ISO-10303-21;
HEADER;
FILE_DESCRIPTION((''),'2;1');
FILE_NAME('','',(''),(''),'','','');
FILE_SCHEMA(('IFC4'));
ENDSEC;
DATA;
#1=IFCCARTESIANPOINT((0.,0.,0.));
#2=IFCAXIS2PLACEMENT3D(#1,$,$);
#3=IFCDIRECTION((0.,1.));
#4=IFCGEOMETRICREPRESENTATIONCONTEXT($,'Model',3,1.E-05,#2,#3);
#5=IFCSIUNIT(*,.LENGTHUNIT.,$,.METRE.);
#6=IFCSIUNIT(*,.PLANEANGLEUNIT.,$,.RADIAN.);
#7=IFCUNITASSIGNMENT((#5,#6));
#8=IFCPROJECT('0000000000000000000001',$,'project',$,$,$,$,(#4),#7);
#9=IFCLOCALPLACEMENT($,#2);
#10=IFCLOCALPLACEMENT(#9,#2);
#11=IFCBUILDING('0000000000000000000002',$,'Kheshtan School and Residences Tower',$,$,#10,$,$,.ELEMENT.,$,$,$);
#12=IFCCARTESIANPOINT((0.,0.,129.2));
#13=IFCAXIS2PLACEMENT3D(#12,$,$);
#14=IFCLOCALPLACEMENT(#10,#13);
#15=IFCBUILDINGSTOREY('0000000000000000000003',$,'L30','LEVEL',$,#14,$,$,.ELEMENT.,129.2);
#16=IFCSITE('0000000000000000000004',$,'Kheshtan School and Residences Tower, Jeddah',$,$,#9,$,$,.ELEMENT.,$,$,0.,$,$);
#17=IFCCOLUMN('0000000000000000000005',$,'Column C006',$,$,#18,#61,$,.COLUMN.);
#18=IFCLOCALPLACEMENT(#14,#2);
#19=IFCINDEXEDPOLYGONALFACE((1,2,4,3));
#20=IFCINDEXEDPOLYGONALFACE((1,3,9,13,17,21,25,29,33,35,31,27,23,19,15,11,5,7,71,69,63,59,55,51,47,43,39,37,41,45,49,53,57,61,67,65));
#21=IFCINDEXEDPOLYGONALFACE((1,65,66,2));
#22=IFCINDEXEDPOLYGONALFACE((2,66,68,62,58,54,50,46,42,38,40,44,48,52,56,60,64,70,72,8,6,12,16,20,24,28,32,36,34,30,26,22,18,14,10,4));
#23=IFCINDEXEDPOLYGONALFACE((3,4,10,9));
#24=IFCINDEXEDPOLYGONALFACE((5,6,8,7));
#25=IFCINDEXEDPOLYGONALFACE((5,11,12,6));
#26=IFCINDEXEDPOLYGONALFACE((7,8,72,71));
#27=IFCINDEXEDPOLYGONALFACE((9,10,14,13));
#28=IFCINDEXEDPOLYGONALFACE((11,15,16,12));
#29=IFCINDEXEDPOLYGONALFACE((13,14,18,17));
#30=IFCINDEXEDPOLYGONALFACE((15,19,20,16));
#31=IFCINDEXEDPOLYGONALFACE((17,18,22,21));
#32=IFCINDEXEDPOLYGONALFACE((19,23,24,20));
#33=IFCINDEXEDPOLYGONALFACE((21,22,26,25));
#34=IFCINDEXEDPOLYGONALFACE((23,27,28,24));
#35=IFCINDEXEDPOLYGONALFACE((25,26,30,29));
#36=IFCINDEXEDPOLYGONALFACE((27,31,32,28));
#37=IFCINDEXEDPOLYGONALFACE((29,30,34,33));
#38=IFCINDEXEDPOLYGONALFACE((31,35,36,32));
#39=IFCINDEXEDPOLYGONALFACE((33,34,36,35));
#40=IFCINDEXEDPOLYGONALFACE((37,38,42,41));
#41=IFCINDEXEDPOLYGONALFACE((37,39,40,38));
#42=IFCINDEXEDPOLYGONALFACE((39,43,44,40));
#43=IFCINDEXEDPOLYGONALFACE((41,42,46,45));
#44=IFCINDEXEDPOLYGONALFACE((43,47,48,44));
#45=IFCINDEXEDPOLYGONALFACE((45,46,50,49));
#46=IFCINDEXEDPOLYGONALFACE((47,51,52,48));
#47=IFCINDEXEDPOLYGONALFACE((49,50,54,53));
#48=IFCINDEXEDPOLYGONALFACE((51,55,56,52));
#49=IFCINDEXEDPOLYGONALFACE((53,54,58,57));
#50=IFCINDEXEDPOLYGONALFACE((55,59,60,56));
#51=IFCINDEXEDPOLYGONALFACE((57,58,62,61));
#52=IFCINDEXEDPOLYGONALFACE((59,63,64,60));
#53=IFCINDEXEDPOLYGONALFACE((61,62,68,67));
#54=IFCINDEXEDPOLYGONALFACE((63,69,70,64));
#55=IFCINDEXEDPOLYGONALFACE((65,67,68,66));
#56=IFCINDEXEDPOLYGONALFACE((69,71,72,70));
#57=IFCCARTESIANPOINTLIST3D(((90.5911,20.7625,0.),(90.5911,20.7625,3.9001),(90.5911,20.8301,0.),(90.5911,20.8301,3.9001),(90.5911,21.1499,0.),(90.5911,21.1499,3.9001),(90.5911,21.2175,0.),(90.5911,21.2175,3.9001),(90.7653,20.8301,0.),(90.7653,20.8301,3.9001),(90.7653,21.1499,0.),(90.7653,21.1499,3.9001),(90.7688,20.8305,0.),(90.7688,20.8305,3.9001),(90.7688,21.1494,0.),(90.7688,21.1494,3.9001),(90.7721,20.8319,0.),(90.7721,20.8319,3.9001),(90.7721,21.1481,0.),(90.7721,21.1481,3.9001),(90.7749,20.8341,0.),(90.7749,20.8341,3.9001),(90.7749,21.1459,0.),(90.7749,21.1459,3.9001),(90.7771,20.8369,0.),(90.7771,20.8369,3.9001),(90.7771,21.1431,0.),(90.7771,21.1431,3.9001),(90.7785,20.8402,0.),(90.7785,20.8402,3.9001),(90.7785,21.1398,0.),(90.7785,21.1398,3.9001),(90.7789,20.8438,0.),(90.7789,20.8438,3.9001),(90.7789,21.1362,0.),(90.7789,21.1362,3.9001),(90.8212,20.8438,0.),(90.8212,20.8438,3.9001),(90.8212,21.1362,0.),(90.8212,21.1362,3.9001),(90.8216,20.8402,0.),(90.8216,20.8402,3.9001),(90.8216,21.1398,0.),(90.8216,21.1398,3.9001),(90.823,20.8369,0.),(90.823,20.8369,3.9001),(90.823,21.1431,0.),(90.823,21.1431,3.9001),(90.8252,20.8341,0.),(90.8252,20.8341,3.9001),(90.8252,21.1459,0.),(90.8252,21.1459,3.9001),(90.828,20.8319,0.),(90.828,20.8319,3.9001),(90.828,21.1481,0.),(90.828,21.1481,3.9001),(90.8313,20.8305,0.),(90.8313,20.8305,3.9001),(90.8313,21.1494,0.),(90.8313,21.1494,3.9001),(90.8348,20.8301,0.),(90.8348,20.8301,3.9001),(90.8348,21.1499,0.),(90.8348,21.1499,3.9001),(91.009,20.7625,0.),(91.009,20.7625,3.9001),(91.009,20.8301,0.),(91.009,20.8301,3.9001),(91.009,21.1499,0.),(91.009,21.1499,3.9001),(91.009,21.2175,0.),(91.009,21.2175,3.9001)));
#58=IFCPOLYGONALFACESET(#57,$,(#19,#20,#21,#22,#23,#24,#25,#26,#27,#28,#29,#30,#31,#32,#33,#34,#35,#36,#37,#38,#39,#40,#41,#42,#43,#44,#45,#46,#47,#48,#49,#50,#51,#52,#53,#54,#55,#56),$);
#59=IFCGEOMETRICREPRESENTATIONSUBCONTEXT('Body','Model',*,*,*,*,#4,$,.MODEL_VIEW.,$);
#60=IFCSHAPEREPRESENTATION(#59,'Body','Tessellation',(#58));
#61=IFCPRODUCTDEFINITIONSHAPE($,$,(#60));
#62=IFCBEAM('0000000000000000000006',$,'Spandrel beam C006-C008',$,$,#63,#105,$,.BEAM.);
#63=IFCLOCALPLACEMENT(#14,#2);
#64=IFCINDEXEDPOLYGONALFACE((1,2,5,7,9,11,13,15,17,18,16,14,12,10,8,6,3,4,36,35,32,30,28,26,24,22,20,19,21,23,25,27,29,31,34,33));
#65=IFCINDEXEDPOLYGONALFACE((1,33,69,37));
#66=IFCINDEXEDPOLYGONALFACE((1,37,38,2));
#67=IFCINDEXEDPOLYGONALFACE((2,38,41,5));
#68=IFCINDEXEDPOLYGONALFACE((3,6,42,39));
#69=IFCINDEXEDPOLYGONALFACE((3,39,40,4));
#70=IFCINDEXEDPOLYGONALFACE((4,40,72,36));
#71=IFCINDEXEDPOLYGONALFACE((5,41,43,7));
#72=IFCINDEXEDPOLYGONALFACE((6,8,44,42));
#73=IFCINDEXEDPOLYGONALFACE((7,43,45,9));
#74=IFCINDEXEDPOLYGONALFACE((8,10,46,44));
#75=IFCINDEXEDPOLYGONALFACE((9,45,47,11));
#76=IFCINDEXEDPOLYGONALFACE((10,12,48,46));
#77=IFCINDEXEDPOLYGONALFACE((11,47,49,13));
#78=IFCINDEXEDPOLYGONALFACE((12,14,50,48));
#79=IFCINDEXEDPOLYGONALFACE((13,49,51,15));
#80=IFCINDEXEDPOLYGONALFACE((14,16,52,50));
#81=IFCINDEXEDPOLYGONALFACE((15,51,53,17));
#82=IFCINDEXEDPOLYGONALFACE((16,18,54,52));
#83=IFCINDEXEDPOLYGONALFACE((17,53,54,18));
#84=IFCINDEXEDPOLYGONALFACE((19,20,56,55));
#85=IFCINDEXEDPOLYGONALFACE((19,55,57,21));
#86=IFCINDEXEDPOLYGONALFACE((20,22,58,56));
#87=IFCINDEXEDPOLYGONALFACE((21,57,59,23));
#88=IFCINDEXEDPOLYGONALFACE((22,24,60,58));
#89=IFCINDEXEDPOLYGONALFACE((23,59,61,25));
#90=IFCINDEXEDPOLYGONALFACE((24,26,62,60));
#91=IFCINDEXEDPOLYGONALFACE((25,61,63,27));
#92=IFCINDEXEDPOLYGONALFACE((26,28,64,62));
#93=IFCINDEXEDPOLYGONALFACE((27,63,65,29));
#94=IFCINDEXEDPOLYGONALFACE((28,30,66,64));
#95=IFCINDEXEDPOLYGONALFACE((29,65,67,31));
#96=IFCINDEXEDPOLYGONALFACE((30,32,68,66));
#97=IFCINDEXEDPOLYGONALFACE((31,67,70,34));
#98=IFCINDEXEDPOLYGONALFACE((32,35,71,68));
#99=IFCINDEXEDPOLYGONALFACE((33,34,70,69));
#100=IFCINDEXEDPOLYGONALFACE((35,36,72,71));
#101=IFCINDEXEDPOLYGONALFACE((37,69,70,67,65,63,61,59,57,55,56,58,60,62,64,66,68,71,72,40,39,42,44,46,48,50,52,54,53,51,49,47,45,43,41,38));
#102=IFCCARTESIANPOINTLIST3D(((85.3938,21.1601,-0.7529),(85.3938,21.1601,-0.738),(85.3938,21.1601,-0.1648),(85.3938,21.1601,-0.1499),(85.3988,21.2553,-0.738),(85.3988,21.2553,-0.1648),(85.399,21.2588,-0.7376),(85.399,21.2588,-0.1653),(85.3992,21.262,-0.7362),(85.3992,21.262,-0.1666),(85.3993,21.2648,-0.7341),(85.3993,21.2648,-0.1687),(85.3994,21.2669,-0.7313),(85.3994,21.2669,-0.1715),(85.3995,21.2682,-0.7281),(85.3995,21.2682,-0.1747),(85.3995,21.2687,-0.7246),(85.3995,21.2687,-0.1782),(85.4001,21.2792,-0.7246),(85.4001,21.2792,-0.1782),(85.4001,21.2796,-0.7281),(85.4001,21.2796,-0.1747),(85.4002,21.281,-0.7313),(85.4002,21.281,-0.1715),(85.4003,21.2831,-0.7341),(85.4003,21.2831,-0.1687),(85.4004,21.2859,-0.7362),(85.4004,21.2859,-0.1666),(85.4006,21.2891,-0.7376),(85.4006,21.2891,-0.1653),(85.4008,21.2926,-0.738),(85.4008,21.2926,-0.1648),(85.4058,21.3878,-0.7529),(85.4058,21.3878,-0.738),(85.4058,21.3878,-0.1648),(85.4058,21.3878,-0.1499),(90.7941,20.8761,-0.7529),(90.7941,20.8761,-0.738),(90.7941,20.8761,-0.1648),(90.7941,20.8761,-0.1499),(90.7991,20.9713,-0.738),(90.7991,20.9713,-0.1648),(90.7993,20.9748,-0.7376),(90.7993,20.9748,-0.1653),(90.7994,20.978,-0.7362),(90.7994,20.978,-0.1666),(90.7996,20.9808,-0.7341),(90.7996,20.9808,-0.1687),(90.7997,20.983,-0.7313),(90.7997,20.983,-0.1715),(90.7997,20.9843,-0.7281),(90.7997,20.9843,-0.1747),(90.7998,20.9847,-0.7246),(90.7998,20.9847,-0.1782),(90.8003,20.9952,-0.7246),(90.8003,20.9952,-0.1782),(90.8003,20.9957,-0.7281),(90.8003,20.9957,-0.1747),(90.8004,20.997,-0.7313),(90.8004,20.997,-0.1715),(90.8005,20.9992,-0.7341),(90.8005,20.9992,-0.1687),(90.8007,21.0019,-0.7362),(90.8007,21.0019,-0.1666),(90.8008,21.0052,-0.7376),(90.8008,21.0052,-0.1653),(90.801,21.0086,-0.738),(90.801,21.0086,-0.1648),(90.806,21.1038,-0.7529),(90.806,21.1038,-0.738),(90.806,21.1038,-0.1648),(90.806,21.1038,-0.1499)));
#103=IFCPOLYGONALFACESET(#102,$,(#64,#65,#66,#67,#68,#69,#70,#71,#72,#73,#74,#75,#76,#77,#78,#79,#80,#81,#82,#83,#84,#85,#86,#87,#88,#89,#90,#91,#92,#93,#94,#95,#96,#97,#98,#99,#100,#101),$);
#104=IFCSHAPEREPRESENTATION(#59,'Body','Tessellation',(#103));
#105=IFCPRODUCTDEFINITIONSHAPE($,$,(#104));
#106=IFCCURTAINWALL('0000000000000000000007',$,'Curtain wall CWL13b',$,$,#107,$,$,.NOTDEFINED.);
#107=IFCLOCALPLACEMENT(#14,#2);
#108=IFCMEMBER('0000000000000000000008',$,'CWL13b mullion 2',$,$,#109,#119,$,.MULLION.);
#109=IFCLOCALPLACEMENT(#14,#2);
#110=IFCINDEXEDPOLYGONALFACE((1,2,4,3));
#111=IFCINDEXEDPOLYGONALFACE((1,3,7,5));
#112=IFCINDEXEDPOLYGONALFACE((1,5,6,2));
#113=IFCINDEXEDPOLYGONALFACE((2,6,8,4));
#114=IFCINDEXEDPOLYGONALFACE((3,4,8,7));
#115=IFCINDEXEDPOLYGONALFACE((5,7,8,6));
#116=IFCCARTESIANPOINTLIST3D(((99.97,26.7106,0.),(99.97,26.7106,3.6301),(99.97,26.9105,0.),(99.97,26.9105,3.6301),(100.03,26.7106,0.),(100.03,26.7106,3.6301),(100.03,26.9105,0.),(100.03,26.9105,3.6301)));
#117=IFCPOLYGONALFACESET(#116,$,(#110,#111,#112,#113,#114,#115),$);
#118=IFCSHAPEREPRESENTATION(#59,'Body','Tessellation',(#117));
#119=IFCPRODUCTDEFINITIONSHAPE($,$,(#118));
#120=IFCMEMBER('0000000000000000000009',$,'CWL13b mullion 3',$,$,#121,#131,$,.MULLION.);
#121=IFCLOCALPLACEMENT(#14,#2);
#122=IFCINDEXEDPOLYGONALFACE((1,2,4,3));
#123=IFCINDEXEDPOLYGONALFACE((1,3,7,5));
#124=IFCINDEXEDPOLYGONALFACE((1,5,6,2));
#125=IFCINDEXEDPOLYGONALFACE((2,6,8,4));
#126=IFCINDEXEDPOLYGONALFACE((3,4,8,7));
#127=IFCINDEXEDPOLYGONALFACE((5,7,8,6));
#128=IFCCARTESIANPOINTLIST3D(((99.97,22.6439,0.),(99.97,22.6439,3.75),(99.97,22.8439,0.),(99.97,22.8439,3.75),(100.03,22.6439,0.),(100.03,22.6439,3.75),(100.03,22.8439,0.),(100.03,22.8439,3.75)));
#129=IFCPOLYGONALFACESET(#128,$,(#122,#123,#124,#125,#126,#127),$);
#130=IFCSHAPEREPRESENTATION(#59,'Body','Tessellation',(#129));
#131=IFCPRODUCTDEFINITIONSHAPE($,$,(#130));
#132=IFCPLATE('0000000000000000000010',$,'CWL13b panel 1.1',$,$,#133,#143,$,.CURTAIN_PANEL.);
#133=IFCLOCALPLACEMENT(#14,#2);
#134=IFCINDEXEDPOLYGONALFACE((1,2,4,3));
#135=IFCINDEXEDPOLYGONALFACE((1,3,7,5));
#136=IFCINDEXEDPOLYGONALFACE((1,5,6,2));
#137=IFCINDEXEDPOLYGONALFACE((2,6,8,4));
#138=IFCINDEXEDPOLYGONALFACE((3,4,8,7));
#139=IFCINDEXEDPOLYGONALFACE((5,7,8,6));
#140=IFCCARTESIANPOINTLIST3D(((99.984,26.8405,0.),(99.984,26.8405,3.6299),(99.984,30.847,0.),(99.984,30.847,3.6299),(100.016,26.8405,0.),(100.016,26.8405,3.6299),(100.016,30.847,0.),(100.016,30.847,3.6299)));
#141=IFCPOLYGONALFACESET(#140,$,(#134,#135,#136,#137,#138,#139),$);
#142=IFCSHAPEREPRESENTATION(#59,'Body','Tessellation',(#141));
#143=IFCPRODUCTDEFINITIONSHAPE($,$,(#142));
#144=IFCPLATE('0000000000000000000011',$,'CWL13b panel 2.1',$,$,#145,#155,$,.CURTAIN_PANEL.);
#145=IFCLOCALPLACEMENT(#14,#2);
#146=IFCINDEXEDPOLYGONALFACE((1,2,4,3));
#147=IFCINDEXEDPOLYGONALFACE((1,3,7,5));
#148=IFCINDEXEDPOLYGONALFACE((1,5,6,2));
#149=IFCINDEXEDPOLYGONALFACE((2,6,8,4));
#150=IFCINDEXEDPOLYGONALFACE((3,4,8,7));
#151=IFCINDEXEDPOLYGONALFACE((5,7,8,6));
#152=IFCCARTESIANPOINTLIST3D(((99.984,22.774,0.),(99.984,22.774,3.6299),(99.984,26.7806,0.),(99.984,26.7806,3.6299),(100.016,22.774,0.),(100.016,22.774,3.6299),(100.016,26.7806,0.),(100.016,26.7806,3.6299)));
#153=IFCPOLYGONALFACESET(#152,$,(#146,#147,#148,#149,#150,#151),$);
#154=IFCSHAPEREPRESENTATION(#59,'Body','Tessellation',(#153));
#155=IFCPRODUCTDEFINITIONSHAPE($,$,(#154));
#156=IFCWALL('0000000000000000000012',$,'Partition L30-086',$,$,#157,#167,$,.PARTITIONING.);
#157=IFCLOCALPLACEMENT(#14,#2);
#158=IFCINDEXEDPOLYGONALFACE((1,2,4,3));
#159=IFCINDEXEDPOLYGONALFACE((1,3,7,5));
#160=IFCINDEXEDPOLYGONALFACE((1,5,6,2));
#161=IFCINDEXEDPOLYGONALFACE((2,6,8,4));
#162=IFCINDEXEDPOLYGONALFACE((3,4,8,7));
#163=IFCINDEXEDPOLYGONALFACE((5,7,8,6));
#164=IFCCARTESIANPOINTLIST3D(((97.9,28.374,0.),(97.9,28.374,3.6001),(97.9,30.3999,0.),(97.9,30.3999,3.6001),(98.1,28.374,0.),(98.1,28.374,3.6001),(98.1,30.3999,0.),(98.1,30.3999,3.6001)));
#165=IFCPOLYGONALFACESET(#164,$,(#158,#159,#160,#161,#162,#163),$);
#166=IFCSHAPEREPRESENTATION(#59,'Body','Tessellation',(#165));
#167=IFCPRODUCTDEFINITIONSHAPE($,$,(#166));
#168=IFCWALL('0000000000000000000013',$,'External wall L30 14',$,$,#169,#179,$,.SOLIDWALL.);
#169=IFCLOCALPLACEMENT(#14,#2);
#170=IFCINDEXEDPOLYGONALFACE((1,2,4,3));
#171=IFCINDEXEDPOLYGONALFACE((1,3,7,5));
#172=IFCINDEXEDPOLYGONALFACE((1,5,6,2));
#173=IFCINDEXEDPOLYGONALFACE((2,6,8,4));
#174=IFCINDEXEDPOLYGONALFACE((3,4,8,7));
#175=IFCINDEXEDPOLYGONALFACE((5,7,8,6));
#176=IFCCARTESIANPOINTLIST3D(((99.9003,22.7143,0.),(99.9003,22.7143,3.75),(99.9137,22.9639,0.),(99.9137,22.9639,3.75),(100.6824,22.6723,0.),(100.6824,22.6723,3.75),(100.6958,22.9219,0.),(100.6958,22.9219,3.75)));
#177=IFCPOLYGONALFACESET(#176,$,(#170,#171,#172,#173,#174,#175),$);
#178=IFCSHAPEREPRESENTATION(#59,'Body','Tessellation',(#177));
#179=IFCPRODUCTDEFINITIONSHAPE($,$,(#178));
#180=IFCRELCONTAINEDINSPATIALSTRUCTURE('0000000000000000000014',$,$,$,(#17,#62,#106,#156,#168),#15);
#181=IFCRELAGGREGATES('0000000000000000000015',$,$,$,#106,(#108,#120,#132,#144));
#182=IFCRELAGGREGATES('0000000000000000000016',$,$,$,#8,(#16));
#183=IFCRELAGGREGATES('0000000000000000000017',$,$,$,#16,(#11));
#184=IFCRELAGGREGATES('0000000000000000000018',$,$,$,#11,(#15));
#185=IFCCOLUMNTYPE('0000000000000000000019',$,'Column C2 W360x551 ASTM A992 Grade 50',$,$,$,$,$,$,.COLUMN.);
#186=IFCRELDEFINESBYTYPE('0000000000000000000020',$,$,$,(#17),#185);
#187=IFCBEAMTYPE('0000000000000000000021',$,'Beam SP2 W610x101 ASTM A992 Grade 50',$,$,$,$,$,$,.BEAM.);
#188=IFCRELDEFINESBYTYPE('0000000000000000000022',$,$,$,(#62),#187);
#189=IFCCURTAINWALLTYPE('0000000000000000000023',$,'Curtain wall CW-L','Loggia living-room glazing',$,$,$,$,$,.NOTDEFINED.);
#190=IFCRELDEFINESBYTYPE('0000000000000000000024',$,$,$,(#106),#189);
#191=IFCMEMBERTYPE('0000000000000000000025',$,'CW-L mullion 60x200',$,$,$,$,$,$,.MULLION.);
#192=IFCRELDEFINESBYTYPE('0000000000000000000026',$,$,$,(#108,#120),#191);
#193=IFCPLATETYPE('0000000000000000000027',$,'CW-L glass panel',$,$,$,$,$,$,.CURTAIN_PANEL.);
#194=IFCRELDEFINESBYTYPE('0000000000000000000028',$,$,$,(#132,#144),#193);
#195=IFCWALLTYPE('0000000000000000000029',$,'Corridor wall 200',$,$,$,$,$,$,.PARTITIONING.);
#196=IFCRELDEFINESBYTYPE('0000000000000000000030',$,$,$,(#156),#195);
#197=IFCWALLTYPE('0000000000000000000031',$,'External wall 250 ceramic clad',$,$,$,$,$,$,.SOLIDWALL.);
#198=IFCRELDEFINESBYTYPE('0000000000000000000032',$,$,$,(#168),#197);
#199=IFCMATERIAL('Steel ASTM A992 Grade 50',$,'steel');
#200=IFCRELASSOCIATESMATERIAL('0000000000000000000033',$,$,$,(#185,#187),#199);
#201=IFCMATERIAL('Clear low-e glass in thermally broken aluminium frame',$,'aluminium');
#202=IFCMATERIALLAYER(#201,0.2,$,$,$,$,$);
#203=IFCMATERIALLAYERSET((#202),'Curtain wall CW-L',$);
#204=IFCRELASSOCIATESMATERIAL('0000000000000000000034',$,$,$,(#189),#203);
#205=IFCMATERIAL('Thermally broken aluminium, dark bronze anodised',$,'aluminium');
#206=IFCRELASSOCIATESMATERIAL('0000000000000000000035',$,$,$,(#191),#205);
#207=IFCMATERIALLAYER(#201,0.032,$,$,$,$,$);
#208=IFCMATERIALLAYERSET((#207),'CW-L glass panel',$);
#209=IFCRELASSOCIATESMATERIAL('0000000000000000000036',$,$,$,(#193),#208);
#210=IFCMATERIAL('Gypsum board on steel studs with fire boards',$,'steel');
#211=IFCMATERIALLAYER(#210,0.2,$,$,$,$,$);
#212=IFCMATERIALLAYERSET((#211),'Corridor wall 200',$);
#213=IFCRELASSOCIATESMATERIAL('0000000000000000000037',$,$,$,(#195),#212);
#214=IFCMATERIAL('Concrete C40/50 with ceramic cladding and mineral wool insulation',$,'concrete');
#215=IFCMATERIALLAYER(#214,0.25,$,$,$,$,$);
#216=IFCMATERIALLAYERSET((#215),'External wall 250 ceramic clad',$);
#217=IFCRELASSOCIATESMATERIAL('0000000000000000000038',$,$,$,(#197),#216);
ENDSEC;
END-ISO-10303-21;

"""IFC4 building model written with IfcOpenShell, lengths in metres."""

from ifc_helpers import new_model, si_unit, direction, frame, frame_2d, origin, origin_2d, place, context, subcontext, project, spatial, rectangle, i_section, extrude, material, layer, layer_set, material_profile, profile_set, type_object, element, aggregate, save


model = new_model("IFC4")

# Units and contexts
model_context = context("Model", 3, precision=1e-05, world=origin(), true_north=direction((0.0, 1.0)))
body_context = subcontext(model_context, "Body", "Model", "MODEL_VIEW")
ifc_project = project(units=[si_unit("LENGTHUNIT", "METRE"), si_unit("PLANEANGLEUNIT", "RADIAN")], contexts=[model_context])

# Site, building, storey
site_placement = place(None, origin())
site = spatial("IfcSite", under=ifc_project, at=site_placement, Name="Kheshtan School and Residences Tower, Jeddah", CompositionType="ELEMENT", RefElevation=0.0)
building_placement = place(site_placement, origin())
building = spatial("IfcBuilding", under=site, at=building_placement, Name="Kheshtan School and Residences Tower", CompositionType="ELEMENT")
storey_placement = place(building_placement, frame((0.0, 0.0, 129.2)))
storey = spatial("IfcBuildingStorey", under=building, at=storey_placement, Name="L30", Description="LEVEL", CompositionType="ELEMENT", Elevation=129.2)

# Column
ifc_material_1 = material(Name="Steel ASTM A992 Grade 50", Category="steel")
ifc_material_profile_1 = material_profile(ifc_material_1, i_section(OverallWidth=0.418, OverallDepth=0.4551, WebThickness=0.0422, FlangeThickness=0.0676, FilletRadius=0.0137, at=origin_2d()), Name="W360x551")
ifc_profile_set_1 = profile_set([ifc_material_profile_1], Name="Steel ASTM A992 Grade 50")
column_type = type_object("IfcColumnType", Name="Column C2 W360x551 ASTM A992 Grade 50", PredefinedType="COLUMN", material=ifc_profile_set_1)
column_placement = place(storey_placement, frame((90.8, 20.99, 0.0), z_axis=(0.0, 0.0, 1.0), x_axis=(1.0, 0.0, 0.0)))
element("IfcColumn", 1, at=column_placement, inside=storey, type_object=column_type, Name="Column C006", PredefinedType="COLUMN", context=body_context, shape_type="SweptSolid", body=[
    extrude(i_section(OverallWidth=0.418, OverallDepth=0.4551, WebThickness=0.0422, FlangeThickness=0.0676, FilletRadius=0.0137, at=origin_2d()), origin(), (0.0, 0.0, 1.0), 3.9001),
])

# Beam
ifc_material_profile_2 = material_profile(ifc_material_1, i_section(OverallWidth=0.228, OverallDepth=0.603, WebThickness=0.0105, FlangeThickness=0.0149, FilletRadius=0.0134, at=origin_2d()), Name="W610x101")
ifc_profile_set_2 = profile_set([ifc_material_profile_2], Name="Steel ASTM A992 Grade 50")
beam_type = type_object("IfcBeamType", Name="Beam SP2 W610x101 ASTM A992 Grade 50", PredefinedType="BEAM", material=ifc_profile_set_2)
beam_placement = place(storey_placement, frame((90.8, 20.99, -0.4514), z_axis=(-0.998621, 0.052507, 0.0), x_axis=(-0.052507, -0.998621, 0.0)))
element("IfcBeam", 2, at=beam_placement, inside=storey, type_object=beam_type, Name="Spandrel beam C006-C008", PredefinedType="BEAM", context=body_context, shape_type="SweptSolid", body=[
    extrude(i_section(OverallWidth=0.228, OverallDepth=0.603, WebThickness=0.0105, FlangeThickness=0.0149, FilletRadius=0.0134, at=origin_2d()), origin(), (0.0, 0.0, 1.0), 5.4077),
])

# Curtain wall, members, plates
ifc_material_2 = material(Name="Clear low-e glass in thermally broken aluminium frame", Category="aluminium")
ifc_layer_1 = layer(ifc_material_2, 0.2)
ifc_layer_set_1 = layer_set([ifc_layer_1], Name="Curtain wall CW-L")
curtain_wall_type = type_object("IfcCurtainWallType", Name="Curtain wall CW-L", Description="Loggia living-room glazing", PredefinedType="NOTDEFINED", material=ifc_layer_set_1)
curtain_wall_placement = place(storey_placement, origin())
curtain_wall = element("IfcCurtainWall", 3, at=curtain_wall_placement, inside=storey, type_object=curtain_wall_type, Name="Curtain wall CWL13b", PredefinedType="NOTDEFINED")
ifc_material_3 = material(Name="Thermally broken aluminium, dark bronze anodised", Category="aluminium")
ifc_material_profile_3 = material_profile(ifc_material_3, rectangle(XDim=0.0601, YDim=0.2, at=origin_2d()), Name="CW-L mullion 60x200")
ifc_profile_set_3 = profile_set([ifc_material_profile_3], Name="Thermally broken aluminium, dark bronze anodised")
member_type = type_object("IfcMemberType", Name="CW-L mullion 60x200", PredefinedType="MULLION", material=ifc_profile_set_3)
member_1_placement = place(storey_placement, frame((100.0, 26.8105, 0.0), z_axis=(0.0, 0.0, 1.0), x_axis=(1.0, 0.0, 0.0)))
member_1 = element("IfcMember", 4, at=member_1_placement, type_object=member_type, Name="CWL13b mullion 2", PredefinedType="MULLION", context=body_context, shape_type="SweptSolid", body=[
    extrude(rectangle(XDim=0.0601, YDim=0.2, at=origin_2d()), origin(), (0.0, 0.0, 1.0), 3.6301),
])
member_2_placement = place(storey_placement, frame((100.0, 22.7439, 0.0), z_axis=(0.0, 0.0, 1.0), x_axis=(1.0, 0.0, 0.0)))
member_2 = element("IfcMember", 5, at=member_2_placement, type_object=member_type, Name="CWL13b mullion 3", PredefinedType="MULLION", context=body_context, shape_type="SweptSolid", body=[
    extrude(rectangle(XDim=0.0601, YDim=0.2, at=origin_2d()), origin(), (0.0, 0.0, 1.0), 3.75),
])
ifc_layer_2 = layer(ifc_material_2, 0.032)
ifc_layer_set_2 = layer_set([ifc_layer_2], Name="CW-L glass panel")
plate_type = type_object("IfcPlateType", Name="CW-L glass panel", PredefinedType="CURTAIN_PANEL", material=ifc_layer_set_2)
plate_1_placement = place(storey_placement, frame((100.0, 28.8438, 0.0), z_axis=(0.0, 0.0, 1.0), x_axis=(0.0, -1.0, 0.0)))
plate_1 = element("IfcPlate", 6, at=plate_1_placement, type_object=plate_type, Name="CWL13b panel 1.1", PredefinedType="CURTAIN_PANEL", context=body_context, shape_type="SweptSolid", body=[
    extrude(rectangle(XDim=4.0066, YDim=0.032, at=origin_2d()), origin(), (0.0, 0.0, 1.0), 3.6299),
])
plate_2_placement = place(storey_placement, frame((100.0, 24.7773, 0.0), z_axis=(0.0, 0.0, 1.0), x_axis=(0.0, -1.0, 0.0)))
plate_2 = element("IfcPlate", 7, at=plate_2_placement, type_object=plate_type, Name="CWL13b panel 2.1", PredefinedType="CURTAIN_PANEL", context=body_context, shape_type="SweptSolid", body=[
    extrude(rectangle(XDim=4.0066, YDim=0.032, at=origin_2d()), origin(), (0.0, 0.0, 1.0), 3.6299),
])
aggregate(curtain_wall, [member_1, member_2, plate_1, plate_2])

# Walls
ifc_material_4 = material(Name="Gypsum board on steel studs with fire boards", Category="steel")
ifc_layer_3 = layer(ifc_material_4, 0.2)
ifc_layer_set_3 = layer_set([ifc_layer_3], Name="Corridor wall 200")
wall_type_1 = type_object("IfcWallType", Name="Corridor wall 200", PredefinedType="PARTITIONING", material=ifc_layer_set_3)
wall_1_placement = place(storey_placement, frame((98.0, 28.374, 0.0), z_axis=(0.0, 0.0, 1.0), x_axis=(0.0, 1.0, 0.0)))
element("IfcWall", 8, at=wall_1_placement, inside=storey, type_object=wall_type_1, Name="Partition L30-086", PredefinedType="PARTITIONING", context=body_context, shape_type="SweptSolid", body=[
    extrude(rectangle(XDim=2.0259, YDim=0.2, at=frame_2d((1.0129, 0.0))), origin(), (0.0, 0.0, 1.0), 3.6001),
])
ifc_material_5 = material(Name="Concrete C40/50 with ceramic cladding and mineral wool insulation", Category="concrete")
ifc_layer_4 = layer(ifc_material_5, 0.25)
ifc_layer_set_4 = layer_set([ifc_layer_4], Name="External wall 250 ceramic clad")
wall_type_2 = type_object("IfcWallType", Name="External wall 250 ceramic clad", PredefinedType="SOLIDWALL", material=ifc_layer_set_4)
wall_2_placement = place(storey_placement, frame((99.907, 22.8391, 0.0), z_axis=(0.0, 0.0, 1.0), x_axis=(0.998561, -0.053622, 0.0)))
element("IfcWall", 9, at=wall_2_placement, inside=storey, type_object=wall_type_2, Name="External wall L30 14", PredefinedType="SOLIDWALL", context=body_context, shape_type="SweptSolid", body=[
    extrude(rectangle(XDim=0.7832, YDim=0.25, at=frame_2d((0.3916, 0.0))), origin(), (0.0, 0.0, 1.0), 3.75),
])

save(model, "model.ifc")
